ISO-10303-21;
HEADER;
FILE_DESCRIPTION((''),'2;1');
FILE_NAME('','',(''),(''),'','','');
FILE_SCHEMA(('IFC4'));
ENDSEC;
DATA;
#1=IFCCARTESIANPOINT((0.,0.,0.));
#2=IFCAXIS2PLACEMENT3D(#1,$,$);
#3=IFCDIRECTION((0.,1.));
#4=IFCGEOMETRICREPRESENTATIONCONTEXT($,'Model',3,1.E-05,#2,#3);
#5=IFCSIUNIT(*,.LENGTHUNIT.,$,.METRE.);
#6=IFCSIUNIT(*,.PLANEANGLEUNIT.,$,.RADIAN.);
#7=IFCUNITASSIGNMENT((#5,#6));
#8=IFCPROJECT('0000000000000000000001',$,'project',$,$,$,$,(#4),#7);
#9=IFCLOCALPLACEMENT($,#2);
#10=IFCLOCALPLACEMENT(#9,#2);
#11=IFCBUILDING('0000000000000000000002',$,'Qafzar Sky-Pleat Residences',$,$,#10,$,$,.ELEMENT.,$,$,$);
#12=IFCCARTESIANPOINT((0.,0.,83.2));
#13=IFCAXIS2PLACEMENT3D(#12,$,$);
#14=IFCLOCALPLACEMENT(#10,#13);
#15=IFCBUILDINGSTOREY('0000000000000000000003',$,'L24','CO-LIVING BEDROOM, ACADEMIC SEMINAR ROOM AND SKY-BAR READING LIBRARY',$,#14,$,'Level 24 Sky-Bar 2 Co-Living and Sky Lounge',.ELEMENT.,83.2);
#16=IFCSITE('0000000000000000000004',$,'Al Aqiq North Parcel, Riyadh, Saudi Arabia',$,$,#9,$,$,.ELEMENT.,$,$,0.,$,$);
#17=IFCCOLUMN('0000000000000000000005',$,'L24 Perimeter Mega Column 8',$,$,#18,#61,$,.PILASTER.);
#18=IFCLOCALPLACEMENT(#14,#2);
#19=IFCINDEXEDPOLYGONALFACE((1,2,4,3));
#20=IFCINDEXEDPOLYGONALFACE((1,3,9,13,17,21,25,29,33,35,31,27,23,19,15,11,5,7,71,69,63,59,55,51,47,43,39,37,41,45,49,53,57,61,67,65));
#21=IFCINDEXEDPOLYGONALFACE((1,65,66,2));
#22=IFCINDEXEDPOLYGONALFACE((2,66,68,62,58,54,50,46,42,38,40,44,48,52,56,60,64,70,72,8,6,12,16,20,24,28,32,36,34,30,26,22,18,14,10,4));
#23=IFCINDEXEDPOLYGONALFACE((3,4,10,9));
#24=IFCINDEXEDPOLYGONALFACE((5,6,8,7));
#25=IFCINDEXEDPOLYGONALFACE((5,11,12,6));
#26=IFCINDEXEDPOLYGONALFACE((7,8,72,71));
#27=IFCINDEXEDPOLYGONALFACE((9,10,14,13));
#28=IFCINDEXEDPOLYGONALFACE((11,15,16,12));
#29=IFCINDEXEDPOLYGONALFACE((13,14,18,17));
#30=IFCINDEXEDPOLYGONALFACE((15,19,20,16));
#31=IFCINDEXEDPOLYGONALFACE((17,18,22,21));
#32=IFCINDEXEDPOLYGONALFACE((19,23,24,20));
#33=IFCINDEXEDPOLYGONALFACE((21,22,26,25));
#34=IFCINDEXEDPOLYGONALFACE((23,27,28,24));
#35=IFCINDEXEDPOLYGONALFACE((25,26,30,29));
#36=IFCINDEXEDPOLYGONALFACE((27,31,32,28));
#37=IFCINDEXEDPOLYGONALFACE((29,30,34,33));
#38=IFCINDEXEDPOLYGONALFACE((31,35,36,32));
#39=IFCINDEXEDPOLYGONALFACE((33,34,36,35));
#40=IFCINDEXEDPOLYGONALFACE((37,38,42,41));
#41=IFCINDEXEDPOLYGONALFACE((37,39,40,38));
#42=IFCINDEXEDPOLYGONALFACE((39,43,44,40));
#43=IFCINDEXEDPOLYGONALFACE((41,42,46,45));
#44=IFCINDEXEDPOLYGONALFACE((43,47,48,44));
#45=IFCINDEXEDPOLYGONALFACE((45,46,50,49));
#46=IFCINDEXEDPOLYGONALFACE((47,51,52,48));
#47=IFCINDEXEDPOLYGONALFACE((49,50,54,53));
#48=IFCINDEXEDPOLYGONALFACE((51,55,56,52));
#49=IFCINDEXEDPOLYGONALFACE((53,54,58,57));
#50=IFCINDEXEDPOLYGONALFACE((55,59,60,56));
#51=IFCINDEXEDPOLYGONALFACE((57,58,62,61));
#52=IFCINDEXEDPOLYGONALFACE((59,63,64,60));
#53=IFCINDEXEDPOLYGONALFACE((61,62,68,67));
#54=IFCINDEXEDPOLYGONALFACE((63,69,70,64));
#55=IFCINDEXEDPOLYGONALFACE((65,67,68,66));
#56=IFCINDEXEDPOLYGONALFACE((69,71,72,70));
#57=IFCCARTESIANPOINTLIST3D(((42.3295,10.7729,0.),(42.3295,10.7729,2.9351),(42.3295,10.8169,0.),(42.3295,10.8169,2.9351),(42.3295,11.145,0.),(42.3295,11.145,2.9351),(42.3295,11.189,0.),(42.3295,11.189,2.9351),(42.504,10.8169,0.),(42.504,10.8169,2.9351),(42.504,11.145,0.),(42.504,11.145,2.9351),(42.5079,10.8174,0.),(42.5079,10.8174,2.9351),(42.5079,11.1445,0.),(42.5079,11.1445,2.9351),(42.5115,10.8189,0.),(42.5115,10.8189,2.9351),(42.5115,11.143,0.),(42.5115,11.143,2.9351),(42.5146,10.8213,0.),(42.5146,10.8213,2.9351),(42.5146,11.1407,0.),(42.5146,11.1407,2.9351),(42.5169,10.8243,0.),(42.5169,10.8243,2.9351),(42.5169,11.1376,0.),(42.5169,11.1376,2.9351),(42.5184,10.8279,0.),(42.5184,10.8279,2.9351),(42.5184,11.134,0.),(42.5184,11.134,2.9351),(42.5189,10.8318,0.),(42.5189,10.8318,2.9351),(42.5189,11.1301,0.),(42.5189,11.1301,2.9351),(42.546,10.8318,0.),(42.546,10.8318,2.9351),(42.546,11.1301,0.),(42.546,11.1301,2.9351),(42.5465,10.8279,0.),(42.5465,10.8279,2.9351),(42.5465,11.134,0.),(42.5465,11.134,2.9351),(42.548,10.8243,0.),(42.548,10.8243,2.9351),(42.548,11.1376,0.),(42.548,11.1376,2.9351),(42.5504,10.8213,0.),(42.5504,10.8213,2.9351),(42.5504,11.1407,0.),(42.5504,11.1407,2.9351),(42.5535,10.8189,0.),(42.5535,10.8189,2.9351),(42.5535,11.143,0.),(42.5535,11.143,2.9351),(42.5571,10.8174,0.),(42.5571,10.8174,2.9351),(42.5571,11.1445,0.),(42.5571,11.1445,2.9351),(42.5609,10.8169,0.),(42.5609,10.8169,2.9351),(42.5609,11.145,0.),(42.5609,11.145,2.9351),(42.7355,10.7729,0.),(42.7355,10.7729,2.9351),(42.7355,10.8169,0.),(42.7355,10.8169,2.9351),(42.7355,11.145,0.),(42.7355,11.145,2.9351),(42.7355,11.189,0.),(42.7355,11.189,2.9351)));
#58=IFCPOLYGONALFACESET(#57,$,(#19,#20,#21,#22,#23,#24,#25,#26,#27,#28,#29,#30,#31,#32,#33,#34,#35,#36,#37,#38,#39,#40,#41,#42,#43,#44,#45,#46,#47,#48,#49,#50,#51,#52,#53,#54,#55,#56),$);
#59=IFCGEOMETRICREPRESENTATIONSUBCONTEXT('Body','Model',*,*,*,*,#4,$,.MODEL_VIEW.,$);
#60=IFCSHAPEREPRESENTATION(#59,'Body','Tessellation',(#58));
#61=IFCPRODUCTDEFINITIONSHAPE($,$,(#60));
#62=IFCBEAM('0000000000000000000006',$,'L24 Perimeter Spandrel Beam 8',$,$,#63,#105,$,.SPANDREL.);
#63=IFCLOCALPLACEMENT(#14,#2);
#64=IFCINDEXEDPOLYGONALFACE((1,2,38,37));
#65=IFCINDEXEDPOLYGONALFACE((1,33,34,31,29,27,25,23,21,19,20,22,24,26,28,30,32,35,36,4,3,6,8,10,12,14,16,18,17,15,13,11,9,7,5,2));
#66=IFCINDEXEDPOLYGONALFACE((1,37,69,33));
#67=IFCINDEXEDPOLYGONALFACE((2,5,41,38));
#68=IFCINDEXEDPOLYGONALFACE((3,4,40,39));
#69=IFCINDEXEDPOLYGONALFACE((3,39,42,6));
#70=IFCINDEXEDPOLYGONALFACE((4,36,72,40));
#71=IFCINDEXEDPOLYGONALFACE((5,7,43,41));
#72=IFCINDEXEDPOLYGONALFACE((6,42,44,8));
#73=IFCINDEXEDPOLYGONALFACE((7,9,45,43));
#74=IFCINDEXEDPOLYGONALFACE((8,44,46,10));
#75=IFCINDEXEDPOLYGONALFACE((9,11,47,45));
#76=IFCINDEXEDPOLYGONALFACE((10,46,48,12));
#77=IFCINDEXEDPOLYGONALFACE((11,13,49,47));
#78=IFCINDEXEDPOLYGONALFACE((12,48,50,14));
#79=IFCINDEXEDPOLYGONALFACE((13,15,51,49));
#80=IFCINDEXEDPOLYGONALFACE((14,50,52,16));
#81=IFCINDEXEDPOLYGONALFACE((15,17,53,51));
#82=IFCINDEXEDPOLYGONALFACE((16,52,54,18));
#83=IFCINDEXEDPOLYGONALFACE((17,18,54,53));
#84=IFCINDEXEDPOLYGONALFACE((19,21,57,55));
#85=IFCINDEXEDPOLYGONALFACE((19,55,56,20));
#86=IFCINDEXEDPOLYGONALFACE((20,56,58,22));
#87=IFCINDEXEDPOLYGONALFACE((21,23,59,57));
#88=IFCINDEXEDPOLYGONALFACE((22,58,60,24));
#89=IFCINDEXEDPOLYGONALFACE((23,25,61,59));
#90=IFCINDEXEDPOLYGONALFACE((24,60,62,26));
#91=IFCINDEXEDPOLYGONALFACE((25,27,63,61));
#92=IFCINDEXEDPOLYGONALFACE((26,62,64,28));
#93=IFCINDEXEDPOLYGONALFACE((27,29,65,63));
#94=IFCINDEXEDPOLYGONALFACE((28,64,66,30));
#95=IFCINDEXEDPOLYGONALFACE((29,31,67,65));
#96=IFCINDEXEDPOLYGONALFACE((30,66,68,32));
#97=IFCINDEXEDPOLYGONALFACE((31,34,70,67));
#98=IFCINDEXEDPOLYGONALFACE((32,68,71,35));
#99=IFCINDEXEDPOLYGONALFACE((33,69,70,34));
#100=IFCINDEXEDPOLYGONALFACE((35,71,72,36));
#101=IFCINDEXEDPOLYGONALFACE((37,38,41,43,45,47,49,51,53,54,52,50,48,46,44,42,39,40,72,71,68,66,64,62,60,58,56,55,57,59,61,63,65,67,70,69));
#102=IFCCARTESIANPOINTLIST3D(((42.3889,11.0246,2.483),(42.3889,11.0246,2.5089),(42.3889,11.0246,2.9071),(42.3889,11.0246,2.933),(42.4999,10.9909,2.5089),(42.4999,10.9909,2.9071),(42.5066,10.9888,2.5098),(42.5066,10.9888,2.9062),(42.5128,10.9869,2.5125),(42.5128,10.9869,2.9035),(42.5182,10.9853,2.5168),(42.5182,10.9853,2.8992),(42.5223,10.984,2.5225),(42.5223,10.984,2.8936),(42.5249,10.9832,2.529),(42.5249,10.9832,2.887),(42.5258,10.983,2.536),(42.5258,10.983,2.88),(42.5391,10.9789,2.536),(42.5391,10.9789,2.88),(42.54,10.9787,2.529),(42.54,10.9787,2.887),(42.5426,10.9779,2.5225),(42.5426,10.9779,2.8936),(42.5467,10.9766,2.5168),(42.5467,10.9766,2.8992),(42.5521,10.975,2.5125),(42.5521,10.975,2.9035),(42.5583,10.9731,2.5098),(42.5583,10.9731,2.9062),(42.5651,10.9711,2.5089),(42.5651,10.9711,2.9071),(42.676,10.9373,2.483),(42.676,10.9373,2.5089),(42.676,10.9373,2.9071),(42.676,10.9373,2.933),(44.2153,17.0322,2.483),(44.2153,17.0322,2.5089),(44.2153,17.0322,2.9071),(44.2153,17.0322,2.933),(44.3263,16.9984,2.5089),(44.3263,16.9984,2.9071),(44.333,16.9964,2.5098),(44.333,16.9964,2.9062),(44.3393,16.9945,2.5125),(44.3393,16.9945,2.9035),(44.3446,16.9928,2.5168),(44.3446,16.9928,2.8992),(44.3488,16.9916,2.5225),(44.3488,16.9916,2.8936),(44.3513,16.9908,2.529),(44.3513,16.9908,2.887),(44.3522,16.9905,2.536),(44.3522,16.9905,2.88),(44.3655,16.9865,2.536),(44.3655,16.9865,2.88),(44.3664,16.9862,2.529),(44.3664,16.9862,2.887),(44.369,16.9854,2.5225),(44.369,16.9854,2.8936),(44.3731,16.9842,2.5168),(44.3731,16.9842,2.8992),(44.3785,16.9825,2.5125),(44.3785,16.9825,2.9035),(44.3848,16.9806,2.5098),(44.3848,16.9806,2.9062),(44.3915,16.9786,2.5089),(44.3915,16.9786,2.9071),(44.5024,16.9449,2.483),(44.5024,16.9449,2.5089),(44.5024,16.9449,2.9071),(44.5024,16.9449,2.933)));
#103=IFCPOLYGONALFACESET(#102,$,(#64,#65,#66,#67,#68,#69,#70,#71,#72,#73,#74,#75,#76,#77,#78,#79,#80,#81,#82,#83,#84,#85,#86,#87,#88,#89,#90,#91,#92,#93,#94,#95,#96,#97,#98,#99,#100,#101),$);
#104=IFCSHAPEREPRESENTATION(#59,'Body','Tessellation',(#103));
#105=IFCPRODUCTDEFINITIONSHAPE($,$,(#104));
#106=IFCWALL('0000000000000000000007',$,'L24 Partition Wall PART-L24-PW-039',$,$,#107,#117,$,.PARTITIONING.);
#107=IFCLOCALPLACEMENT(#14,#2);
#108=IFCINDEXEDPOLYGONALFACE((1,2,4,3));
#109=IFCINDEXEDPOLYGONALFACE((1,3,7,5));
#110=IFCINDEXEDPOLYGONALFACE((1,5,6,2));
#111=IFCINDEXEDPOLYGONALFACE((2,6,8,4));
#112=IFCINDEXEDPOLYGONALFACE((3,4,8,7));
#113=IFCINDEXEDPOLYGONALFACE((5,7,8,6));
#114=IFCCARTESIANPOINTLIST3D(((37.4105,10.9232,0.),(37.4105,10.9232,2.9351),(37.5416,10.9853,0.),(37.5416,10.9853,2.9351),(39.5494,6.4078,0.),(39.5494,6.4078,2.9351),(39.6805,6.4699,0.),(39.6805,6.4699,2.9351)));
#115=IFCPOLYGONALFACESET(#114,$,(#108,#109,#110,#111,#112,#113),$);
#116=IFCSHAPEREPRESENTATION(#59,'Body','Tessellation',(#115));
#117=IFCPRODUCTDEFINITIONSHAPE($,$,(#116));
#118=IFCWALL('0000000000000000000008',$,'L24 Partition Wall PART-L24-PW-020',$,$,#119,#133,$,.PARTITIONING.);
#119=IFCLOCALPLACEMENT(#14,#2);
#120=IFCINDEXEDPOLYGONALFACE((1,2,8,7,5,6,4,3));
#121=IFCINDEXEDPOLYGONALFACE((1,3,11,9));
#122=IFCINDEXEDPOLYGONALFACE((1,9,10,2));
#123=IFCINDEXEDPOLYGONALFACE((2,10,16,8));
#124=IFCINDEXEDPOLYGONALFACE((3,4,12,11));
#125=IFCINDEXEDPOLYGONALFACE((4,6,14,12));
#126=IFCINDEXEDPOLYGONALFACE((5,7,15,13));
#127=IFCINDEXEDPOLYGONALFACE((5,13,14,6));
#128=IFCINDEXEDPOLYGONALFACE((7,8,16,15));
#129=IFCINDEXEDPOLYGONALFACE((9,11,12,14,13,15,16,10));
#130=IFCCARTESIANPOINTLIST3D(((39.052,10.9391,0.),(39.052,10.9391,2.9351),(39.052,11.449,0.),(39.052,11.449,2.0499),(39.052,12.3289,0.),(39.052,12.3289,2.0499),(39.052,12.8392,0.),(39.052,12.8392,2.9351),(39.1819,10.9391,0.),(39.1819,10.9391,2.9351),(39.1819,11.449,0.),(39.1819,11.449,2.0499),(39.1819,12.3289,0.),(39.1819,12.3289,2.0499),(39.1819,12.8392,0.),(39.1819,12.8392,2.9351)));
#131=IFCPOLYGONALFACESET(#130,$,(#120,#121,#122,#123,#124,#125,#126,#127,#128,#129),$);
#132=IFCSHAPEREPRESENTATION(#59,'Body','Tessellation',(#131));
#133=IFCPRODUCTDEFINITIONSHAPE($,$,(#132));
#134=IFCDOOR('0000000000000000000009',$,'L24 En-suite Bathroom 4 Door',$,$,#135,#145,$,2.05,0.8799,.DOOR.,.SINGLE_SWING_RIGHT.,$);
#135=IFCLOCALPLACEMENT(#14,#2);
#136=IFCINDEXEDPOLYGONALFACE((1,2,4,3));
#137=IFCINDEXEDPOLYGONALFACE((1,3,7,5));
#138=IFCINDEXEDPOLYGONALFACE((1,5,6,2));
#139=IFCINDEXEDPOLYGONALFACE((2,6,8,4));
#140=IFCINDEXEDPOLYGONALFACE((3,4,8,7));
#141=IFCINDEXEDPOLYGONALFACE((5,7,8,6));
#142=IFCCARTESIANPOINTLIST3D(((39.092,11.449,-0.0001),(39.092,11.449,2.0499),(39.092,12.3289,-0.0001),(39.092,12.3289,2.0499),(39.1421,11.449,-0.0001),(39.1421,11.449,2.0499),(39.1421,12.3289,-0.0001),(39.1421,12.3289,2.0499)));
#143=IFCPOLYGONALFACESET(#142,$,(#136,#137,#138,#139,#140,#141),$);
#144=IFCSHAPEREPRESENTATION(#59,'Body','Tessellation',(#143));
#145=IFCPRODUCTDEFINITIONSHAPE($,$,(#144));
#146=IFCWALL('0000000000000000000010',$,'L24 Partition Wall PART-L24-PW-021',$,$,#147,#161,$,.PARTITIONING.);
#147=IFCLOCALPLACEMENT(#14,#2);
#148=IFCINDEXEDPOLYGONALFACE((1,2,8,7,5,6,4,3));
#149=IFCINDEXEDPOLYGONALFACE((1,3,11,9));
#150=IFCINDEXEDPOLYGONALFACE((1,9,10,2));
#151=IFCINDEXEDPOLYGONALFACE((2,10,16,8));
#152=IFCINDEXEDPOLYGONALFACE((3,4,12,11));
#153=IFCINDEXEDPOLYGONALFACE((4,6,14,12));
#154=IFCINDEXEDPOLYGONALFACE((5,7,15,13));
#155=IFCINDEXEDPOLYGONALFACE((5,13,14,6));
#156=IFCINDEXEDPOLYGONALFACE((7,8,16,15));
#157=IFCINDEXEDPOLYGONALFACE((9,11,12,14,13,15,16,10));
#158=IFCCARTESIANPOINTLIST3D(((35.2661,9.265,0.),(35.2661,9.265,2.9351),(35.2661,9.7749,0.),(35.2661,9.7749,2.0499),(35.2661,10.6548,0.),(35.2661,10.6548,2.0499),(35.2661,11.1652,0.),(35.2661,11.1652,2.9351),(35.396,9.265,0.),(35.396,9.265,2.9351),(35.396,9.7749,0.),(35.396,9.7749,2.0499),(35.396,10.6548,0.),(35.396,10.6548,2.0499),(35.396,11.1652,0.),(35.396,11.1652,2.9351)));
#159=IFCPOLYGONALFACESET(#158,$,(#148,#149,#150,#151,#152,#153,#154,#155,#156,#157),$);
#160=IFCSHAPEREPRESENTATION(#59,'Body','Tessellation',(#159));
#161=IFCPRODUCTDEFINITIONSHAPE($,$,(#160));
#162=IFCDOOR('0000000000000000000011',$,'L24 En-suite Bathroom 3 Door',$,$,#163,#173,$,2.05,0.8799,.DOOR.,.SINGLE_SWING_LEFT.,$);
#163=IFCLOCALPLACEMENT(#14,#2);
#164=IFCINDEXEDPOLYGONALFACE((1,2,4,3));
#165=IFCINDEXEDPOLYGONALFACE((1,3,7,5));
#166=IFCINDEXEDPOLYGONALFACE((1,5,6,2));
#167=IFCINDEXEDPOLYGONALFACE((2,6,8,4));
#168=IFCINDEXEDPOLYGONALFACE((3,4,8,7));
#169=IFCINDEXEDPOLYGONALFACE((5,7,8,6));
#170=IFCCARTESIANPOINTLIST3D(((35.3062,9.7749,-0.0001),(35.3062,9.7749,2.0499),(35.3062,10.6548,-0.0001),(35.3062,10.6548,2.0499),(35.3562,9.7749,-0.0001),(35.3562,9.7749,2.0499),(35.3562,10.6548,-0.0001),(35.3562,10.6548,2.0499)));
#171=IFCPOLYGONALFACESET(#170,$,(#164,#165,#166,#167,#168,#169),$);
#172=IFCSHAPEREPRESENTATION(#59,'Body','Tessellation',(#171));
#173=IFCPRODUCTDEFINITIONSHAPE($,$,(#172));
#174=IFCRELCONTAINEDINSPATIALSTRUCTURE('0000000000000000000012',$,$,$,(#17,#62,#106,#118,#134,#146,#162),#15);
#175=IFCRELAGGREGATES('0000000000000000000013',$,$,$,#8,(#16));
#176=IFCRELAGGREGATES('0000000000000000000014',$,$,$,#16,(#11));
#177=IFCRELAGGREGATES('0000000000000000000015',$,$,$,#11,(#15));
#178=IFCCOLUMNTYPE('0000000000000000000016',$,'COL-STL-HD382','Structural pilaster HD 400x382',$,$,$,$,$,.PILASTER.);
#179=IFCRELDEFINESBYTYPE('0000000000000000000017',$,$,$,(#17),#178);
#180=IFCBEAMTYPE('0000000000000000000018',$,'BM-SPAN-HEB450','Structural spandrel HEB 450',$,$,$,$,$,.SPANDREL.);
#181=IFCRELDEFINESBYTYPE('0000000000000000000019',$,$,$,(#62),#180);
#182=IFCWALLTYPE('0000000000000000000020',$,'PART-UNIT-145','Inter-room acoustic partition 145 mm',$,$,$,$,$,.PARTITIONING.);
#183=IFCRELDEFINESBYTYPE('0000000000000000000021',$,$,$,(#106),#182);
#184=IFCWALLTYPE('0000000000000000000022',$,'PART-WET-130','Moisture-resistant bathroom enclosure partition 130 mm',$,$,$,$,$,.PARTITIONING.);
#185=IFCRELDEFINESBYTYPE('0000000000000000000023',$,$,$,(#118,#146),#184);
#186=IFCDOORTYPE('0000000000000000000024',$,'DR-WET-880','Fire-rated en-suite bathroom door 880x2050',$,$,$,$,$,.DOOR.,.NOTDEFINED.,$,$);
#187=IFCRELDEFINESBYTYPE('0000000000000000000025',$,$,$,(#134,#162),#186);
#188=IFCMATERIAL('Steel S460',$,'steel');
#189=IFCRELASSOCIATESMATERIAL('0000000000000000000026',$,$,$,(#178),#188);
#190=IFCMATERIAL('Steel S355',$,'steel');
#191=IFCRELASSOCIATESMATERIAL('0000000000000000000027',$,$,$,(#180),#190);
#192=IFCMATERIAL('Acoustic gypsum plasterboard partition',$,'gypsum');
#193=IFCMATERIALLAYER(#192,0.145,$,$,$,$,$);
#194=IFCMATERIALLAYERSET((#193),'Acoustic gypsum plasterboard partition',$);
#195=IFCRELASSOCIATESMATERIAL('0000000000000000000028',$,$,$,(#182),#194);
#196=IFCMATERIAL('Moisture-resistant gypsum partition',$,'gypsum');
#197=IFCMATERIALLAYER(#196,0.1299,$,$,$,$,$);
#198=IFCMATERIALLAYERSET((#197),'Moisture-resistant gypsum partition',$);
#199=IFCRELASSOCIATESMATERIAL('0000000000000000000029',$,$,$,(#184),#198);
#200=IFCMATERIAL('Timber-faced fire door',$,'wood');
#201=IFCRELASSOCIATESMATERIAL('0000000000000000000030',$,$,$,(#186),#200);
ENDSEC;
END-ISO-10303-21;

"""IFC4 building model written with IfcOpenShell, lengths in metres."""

from ifc_helpers import new_model, si_unit, direction, frame, frame_2d, origin, origin_2d, place, context, subcontext, project, spatial, rectangle, i_section, extrude, source, transform, mapped, material, layer, layer_set, material_profile, profile_set, type_object, element, fill, save


model = new_model("IFC4")

# Units and contexts
model_context = context("Model", 3, precision=1e-05, world=origin(), true_north=direction((0.0, 1.0)))
body_context = subcontext(model_context, "Body", "Model", "MODEL_VIEW")
ifc_project = project(units=[si_unit("LENGTHUNIT", "METRE"), si_unit("PLANEANGLEUNIT", "RADIAN")], contexts=[model_context])

# Site, building, storey
site_placement = place(None, origin())
site = spatial("IfcSite", under=ifc_project, at=site_placement, Name="Al Aqiq North Parcel, Riyadh, Saudi Arabia", CompositionType="ELEMENT", RefElevation=0.0)
building_placement = place(site_placement, origin())
building = spatial("IfcBuilding", under=site, at=building_placement, Name="Qafzar Sky-Pleat Residences", CompositionType="ELEMENT")
storey_placement = place(building_placement, frame((0.0, 0.0, 83.2)))
storey = spatial("IfcBuildingStorey", under=building, at=storey_placement, Name="L24", Description="CO-LIVING BEDROOM, ACADEMIC SEMINAR ROOM AND SKY-BAR READING LIBRARY", LongName="Level 24 Sky-Bar 2 Co-Living and Sky Lounge", CompositionType="ELEMENT", Elevation=83.2)

# Column
ifc_material_1 = material(Name="Steel S460", Category="steel")
ifc_material_profile_1 = material_profile(ifc_material_1, i_section(OverallWidth=0.406, OverallDepth=0.416, WebThickness=0.0271, FlangeThickness=0.0439, FilletRadius=0.0149, at=origin_2d()), Name="HD 400x382")
ifc_profile_set_1 = profile_set([ifc_material_profile_1], Name="Steel S460")
column_type = type_object("IfcColumnType", Name="COL-STL-HD382", Description="Structural pilaster HD 400x382", PredefinedType="PILASTER", material=ifc_profile_set_1)
shared_shape_1 = source(origin(), body_context, "Body", "SweptSolid", [
    extrude(i_section(OverallWidth=0.406, OverallDepth=0.416, WebThickness=0.0271, FlangeThickness=0.0439, FilletRadius=0.0149, at=origin_2d()), origin(), (0.0, 0.0, 1.0), 2.9351),
])
column_placement = place(storey_placement, frame((42.5325, 10.981, 0.0), z_axis=(0.0, 0.0, 1.0), x_axis=(1.0, 0.0, 0.0)))
element("IfcColumn", 1, at=column_placement, inside=storey, type_object=column_type, Name="L24 Perimeter Mega Column 8", PredefinedType="PILASTER", context=body_context, shape_type="MappedRepresentation", body=[
    mapped(shared_shape_1, transform((0.0, 0.0, 0.0), x_axis=(1.0, 0.0, 0.0), y_axis=(0.0, 1.0, 0.0), z_axis=(0.0, 0.0, 1.0), scale=1.0)),
])

# Beam
ifc_material_2 = material(Name="Steel S355", Category="steel")
ifc_material_profile_2 = material_profile(ifc_material_2, i_section(OverallWidth=0.3, OverallDepth=0.45, WebThickness=0.0139, FlangeThickness=0.0259, FilletRadius=0.0271, at=origin_2d()), Name="HEB 450")
ifc_profile_set_2 = profile_set([ifc_material_profile_2], Name="Steel S355")
beam_type = type_object("IfcBeamType", Name="BM-SPAN-HEB450", Description="Structural spandrel HEB 450", PredefinedType="SPANDREL", material=ifc_profile_set_2)
shared_shape_2 = source(origin(), body_context, "Body", "SweptSolid", [
    extrude(i_section(OverallWidth=0.3, OverallDepth=0.45, WebThickness=0.0139, FlangeThickness=0.0259, FilletRadius=0.0271, at=origin_2d()), origin(), (0.0, 0.0, 1.0), 6.2791),
])
beam_placement = place(storey_placement, frame((42.5325, 10.981, 2.708), z_axis=(0.290874, 0.956761, 0.0), x_axis=(-0.956761, 0.290874, 0.0)))
element("IfcBeam", 2, at=beam_placement, inside=storey, type_object=beam_type, Name="L24 Perimeter Spandrel Beam 8", PredefinedType="SPANDREL", context=body_context, shape_type="MappedRepresentation", body=[
    mapped(shared_shape_2, transform((0.0, 0.0, 0.0), x_axis=(1.0, 0.0, 0.0), y_axis=(0.0, 1.0, 0.0), z_axis=(0.0, 0.0, 1.0), scale=1.0)),
])

# Wall
ifc_material_3 = material(Name="Acoustic gypsum plasterboard partition", Category="gypsum")
ifc_layer_1 = layer(ifc_material_3, 0.145)
ifc_layer_set_1 = layer_set([ifc_layer_1], Name="Acoustic gypsum plasterboard partition")
wall_type_1 = type_object("IfcWallType", Name="PART-UNIT-145", Description="Inter-room acoustic partition 145 mm", PredefinedType="PARTITIONING", material=ifc_layer_set_1)
wall_1_placement = place(storey_placement, frame((37.4761, 10.9541, 0.0), z_axis=(0.0, 0.0, 1.0), x_axis=(0.428095, -0.903734, 0.0)))
element("IfcWall", 3, at=wall_1_placement, inside=storey, type_object=wall_type_1, Name="L24 Partition Wall PART-L24-PW-039", PredefinedType="PARTITIONING", context=body_context, shape_type="SweptSolid", body=[
    extrude(rectangle(XDim=4.9963, YDim=0.145, at=frame_2d((2.498, 0.0))), origin(), (0.0, 0.0, 1.0), 2.9351),
])

# Walls, openings, doors
ifc_material_4 = material(Name="Moisture-resistant gypsum partition", Category="gypsum")
ifc_layer_2 = layer(ifc_material_4, 0.1299)
ifc_layer_set_2 = layer_set([ifc_layer_2], Name="Moisture-resistant gypsum partition")
wall_type_2 = type_object("IfcWallType", Name="PART-WET-130", Description="Moisture-resistant bathroom enclosure partition 130 mm", PredefinedType="PARTITIONING", material=ifc_layer_set_2)
wall_2_placement = place(storey_placement, frame((39.1169, 10.939, 0.0), z_axis=(0.0, 0.0, 1.0), x_axis=(0.0, 1.0, 0.0)))
wall_2 = element("IfcWall", 4, at=wall_2_placement, inside=storey, type_object=wall_type_2, Name="L24 Partition Wall PART-L24-PW-020", PredefinedType="PARTITIONING", context=body_context, shape_type="SweptSolid", body=[
    extrude(rectangle(XDim=1.9001, YDim=0.1299, at=frame_2d((0.9502, 0.0))), origin(), (0.0, 0.0, 1.0), 2.9351),
])
opening_1_placement = place(wall_2_placement, frame((0.51, 0.0, 0.0)))
opening_1 = element("IfcOpeningElement", 5, at=opening_1_placement, cuts=wall_2, PredefinedType="OPENING", context=body_context, shape_type="SweptSolid", body=[
    extrude(rectangle(XDim=0.8799, YDim=2.05, at=frame_2d((0.4399, 1.0249))), frame((0.0, 0.075, 0.0), z_axis=(0.0, -1.0, 0.0), x_axis=(1.0, 0.0, 0.0)), (0.0, 0.0, 1.0), 0.1499),
])
ifc_material_5 = material(Name="Timber-faced fire door", Category="wood")
door_type = type_object("IfcDoorType", Name="DR-WET-880", Description="Fire-rated en-suite bathroom door 880x2050", OperationType="NOTDEFINED", PredefinedType="DOOR", material=ifc_material_5)
shared_shape_3 = source(origin(), body_context, "Body", "SweptSolid", [
    extrude(rectangle(XDim=0.8799, YDim=2.05, at=frame_2d((0.4399, 1.0249))), frame((0.0, 0.0249, 0.0), z_axis=(0.0, -1.0, 0.0), x_axis=(1.0, 0.0, 0.0)), (0.0, 0.0, 1.0), 0.05),
])
door_1_placement = place(opening_1_placement, origin())
door_1 = element("IfcDoor", 6, at=door_1_placement, inside=storey, type_object=door_type, Name="L24 En-suite Bathroom 4 Door", OperationType="SINGLE_SWING_RIGHT", OverallHeight=2.05, OverallWidth=0.8799, PredefinedType="DOOR", context=body_context, shape_type="MappedRepresentation", body=[
    mapped(shared_shape_3, transform((0.0, 0.0, 0.0), x_axis=(1.0, 0.0, 0.0), y_axis=(0.0, 1.0, 0.0), z_axis=(0.0, 0.0, 1.0), scale=1.0)),
])
fill(opening_1, door_1)
wall_3_placement = place(storey_placement, frame((35.3311, 9.2649, 0.0), z_axis=(0.0, 0.0, 1.0), x_axis=(0.0, 1.0, 0.0)))
wall_3 = element("IfcWall", 7, at=wall_3_placement, inside=storey, type_object=wall_type_2, Name="L24 Partition Wall PART-L24-PW-021", PredefinedType="PARTITIONING", context=body_context, shape_type="SweptSolid", body=[
    extrude(rectangle(XDim=1.9001, YDim=0.1299, at=frame_2d((0.9502, 0.0))), origin(), (0.0, 0.0, 1.0), 2.9351),
])
opening_2_placement = place(wall_3_placement, frame((0.51, 0.0, 0.0)))
opening_2 = element("IfcOpeningElement", 8, at=opening_2_placement, cuts=wall_3, PredefinedType="OPENING", context=body_context, shape_type="SweptSolid", body=[
    extrude(rectangle(XDim=0.8799, YDim=2.05, at=frame_2d((0.4399, 1.0249))), frame((0.0, 0.075, 0.0), z_axis=(0.0, -1.0, 0.0), x_axis=(1.0, 0.0, 0.0)), (0.0, 0.0, 1.0), 0.1499),
])
door_2_placement = place(opening_2_placement, origin())
door_2 = element("IfcDoor", 9, at=door_2_placement, inside=storey, type_object=door_type, Name="L24 En-suite Bathroom 3 Door", OperationType="SINGLE_SWING_LEFT", OverallHeight=2.05, OverallWidth=0.8799, PredefinedType="DOOR", context=body_context, shape_type="MappedRepresentation", body=[
    mapped(shared_shape_3, transform((0.0, 0.0, 0.0), x_axis=(1.0, 0.0, 0.0), y_axis=(0.0, 1.0, 0.0), z_axis=(0.0, 0.0, 1.0), scale=1.0)),
])
fill(opening_2, door_2)

save(model, "model.ifc")
